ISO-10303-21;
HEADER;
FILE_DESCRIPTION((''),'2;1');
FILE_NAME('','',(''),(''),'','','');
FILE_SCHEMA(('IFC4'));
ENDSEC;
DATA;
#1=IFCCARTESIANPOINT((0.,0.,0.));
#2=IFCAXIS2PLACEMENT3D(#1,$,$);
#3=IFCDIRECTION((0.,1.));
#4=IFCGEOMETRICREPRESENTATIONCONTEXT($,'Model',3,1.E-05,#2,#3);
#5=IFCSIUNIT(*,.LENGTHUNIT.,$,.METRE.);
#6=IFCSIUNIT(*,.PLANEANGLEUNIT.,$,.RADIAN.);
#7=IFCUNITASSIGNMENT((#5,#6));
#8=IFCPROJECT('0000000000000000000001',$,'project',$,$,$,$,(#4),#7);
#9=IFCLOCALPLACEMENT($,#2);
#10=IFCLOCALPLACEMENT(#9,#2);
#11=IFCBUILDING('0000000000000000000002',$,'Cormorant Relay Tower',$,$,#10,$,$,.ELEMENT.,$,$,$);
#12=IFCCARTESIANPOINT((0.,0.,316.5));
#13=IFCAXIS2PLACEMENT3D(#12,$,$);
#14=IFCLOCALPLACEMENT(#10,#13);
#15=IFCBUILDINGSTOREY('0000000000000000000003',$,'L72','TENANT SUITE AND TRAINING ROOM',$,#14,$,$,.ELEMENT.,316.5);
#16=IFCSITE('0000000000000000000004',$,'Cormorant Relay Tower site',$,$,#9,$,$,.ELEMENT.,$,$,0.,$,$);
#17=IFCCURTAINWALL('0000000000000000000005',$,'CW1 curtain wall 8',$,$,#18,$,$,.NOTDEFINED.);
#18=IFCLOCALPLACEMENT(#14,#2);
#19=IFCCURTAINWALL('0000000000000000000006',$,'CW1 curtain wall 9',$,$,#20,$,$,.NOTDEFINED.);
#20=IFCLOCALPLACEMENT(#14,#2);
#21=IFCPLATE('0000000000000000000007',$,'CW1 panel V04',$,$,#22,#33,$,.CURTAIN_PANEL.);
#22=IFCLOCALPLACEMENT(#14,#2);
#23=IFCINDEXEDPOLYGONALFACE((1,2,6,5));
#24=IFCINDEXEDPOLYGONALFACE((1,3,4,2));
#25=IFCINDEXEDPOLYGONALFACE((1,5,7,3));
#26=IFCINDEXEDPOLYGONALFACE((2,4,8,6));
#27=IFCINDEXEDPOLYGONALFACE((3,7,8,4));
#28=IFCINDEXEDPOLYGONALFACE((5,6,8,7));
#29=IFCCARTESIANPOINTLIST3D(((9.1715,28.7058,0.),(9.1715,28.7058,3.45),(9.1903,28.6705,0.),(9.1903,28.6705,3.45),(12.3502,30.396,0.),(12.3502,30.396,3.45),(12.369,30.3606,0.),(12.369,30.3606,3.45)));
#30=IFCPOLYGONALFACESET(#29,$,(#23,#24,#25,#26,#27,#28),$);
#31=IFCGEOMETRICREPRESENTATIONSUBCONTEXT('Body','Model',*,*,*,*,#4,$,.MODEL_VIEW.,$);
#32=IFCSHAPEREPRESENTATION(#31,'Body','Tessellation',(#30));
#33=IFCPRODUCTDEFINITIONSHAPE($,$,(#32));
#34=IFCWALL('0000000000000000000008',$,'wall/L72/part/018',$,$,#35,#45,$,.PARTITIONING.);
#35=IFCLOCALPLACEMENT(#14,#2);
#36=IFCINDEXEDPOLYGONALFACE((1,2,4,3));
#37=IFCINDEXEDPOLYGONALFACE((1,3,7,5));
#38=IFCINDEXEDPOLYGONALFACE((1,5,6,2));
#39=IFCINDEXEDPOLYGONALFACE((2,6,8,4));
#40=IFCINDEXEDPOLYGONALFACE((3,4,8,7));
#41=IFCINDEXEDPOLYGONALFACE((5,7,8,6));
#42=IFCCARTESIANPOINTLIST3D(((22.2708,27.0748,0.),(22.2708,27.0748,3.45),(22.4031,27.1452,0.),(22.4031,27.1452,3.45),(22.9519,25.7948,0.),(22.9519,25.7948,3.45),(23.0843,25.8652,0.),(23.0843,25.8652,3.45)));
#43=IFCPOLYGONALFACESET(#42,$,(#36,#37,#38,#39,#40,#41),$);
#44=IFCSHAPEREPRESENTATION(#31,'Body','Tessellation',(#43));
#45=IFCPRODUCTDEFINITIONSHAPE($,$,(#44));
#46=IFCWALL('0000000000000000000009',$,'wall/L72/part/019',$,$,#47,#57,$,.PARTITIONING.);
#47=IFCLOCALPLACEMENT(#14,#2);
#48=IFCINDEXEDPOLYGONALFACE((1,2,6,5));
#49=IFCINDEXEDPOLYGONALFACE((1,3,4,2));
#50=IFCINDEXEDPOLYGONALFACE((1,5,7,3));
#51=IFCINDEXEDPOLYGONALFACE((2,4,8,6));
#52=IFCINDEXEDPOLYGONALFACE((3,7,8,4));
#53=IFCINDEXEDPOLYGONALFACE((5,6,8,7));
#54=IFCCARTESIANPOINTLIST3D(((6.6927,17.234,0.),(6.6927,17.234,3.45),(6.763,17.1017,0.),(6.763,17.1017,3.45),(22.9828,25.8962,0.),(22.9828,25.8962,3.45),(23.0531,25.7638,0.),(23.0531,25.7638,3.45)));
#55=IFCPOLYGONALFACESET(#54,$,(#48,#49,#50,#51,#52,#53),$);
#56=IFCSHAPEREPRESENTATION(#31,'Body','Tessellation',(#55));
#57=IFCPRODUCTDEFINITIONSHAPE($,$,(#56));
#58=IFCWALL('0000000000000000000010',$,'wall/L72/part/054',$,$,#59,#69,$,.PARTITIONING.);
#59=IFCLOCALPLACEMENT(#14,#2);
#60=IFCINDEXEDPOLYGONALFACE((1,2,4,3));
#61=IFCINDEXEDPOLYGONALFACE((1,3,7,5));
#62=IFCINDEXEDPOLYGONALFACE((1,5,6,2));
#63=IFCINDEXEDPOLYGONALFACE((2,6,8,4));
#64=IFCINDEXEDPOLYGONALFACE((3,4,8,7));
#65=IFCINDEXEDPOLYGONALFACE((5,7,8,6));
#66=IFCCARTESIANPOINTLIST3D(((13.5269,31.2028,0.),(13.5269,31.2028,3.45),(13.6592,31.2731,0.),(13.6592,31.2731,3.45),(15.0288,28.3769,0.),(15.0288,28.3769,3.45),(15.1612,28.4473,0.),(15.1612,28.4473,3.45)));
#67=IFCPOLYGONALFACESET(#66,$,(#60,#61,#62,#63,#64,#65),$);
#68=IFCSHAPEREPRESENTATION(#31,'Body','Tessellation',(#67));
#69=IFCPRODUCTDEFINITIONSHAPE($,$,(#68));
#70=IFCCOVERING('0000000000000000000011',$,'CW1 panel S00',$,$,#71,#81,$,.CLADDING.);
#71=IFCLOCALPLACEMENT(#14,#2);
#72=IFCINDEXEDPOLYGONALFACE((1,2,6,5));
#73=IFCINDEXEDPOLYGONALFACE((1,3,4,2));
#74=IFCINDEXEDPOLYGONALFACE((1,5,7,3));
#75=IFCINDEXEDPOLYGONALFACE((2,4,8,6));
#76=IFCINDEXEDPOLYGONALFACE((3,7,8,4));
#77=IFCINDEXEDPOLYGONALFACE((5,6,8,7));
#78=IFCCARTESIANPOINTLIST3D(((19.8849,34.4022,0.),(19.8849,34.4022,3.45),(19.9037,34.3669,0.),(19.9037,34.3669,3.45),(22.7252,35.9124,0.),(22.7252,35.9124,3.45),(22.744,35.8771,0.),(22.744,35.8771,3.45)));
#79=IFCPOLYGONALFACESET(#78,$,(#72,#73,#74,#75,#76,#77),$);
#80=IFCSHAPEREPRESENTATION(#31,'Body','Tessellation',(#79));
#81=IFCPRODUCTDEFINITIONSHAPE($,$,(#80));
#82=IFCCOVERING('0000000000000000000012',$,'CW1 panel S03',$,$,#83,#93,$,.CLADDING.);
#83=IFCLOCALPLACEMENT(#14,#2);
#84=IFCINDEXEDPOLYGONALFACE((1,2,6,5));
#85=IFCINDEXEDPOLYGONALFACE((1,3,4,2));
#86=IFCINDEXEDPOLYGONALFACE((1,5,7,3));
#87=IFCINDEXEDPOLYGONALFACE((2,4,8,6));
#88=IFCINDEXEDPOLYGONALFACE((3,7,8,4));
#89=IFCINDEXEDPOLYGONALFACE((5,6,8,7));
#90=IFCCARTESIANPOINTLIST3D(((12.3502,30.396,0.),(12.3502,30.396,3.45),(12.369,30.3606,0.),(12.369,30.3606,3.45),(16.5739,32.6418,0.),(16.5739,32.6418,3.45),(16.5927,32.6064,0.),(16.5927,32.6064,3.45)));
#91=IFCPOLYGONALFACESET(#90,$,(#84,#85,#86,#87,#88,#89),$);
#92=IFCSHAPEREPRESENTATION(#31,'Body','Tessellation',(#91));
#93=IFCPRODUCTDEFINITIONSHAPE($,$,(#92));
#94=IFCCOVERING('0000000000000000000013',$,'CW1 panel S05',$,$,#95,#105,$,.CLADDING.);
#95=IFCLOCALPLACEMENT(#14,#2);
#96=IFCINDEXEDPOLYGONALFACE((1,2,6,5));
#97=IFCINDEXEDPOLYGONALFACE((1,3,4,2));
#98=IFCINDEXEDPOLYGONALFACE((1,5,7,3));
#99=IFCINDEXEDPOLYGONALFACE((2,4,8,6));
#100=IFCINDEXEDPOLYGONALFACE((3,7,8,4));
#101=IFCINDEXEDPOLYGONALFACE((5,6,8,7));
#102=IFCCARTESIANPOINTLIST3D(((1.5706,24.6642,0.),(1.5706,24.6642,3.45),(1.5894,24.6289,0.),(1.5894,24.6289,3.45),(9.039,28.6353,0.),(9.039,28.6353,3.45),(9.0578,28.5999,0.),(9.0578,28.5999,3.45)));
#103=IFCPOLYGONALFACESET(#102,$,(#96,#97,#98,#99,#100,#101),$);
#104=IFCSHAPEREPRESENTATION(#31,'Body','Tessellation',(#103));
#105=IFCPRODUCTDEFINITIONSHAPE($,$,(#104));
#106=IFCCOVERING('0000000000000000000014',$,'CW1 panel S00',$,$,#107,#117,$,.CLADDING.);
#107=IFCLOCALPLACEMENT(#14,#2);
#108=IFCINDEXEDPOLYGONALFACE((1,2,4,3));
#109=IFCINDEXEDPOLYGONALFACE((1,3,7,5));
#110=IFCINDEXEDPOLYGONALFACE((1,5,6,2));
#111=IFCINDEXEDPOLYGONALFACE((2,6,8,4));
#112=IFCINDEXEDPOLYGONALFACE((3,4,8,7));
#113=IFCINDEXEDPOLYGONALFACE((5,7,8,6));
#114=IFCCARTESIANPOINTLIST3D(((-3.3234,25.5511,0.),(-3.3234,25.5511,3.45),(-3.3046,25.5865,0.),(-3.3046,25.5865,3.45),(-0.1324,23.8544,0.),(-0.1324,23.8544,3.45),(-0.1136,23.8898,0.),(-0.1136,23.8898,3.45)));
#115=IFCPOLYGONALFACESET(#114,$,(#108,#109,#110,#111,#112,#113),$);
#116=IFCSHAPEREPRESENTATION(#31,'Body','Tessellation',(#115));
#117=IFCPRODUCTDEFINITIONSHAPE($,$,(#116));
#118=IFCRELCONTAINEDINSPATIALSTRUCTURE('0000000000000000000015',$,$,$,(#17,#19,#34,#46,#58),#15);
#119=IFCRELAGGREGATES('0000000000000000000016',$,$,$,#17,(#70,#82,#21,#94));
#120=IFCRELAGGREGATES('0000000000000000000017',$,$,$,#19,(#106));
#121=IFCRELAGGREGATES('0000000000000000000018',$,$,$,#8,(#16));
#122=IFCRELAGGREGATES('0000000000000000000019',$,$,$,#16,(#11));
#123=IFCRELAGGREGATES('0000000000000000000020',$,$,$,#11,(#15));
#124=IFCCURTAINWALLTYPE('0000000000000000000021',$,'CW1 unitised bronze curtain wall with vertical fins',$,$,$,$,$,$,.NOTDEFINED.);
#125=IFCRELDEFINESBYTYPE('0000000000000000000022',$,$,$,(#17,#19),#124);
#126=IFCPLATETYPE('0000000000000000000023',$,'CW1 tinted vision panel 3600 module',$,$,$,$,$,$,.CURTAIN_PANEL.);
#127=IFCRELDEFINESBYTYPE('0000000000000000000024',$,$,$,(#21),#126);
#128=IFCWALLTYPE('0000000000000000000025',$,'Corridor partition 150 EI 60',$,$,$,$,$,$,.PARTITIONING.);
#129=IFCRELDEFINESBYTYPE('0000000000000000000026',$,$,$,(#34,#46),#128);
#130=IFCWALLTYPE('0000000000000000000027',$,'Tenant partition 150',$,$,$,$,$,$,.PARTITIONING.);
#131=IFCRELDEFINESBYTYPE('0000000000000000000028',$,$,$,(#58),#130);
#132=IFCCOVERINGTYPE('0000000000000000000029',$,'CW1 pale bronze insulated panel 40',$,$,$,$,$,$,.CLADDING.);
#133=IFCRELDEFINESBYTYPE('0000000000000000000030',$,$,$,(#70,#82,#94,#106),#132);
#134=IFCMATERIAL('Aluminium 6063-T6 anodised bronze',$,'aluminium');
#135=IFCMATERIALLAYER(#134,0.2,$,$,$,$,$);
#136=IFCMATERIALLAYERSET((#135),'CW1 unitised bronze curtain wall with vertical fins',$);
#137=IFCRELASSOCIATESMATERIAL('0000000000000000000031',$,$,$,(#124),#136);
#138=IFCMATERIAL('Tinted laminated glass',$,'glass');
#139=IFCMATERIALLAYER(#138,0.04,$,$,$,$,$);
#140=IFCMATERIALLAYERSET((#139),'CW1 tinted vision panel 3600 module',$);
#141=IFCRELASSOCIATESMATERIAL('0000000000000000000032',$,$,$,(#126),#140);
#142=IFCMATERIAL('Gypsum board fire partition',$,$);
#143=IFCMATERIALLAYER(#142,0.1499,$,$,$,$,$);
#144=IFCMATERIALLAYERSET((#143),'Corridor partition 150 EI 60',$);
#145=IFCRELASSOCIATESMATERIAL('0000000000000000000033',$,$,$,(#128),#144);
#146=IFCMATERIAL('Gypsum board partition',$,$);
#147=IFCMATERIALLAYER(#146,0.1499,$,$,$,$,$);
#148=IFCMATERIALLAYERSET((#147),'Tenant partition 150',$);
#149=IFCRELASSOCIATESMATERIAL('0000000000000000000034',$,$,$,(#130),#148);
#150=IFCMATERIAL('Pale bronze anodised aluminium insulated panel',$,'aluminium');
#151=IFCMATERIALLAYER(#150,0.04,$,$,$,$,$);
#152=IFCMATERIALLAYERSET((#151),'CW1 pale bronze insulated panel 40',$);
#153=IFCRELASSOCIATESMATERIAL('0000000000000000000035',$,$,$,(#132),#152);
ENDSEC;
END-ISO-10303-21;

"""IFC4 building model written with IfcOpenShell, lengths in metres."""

from ifc_helpers import new_model, si_unit, direction, frame, frame_2d, origin, origin_2d, place, context, subcontext, project, spatial, rectangle, extrude, material, layer, layer_set, type_object, element, aggregate, save


model = new_model("IFC4")

# Units and contexts
model_context = context("Model", 3, precision=1e-05, world=origin(), true_north=direction((0.0, 1.0)))
body_context = subcontext(model_context, "Body", "Model", "MODEL_VIEW")
ifc_project = project(units=[si_unit("LENGTHUNIT", "METRE"), si_unit("PLANEANGLEUNIT", "RADIAN")], contexts=[model_context])

# Site, building, storey
site_placement = place(None, origin())
site = spatial("IfcSite", under=ifc_project, at=site_placement, Name="Cormorant Relay Tower site", CompositionType="ELEMENT", RefElevation=0.0)
building_placement = place(site_placement, origin())
building = spatial("IfcBuilding", under=site, at=building_placement, Name="Cormorant Relay Tower", CompositionType="ELEMENT")
storey_placement = place(building_placement, frame((0.0, 0.0, 316.5)))
storey = spatial("IfcBuildingStorey", under=building, at=storey_placement, Name="L72", Description="TENANT SUITE AND TRAINING ROOM", CompositionType="ELEMENT", Elevation=316.5)

# Curtain walls
ifc_material_1 = material(Name="Aluminium 6063-T6 anodised bronze", Category="aluminium")
ifc_layer_1 = layer(ifc_material_1, 0.2)
ifc_layer_set_1 = layer_set([ifc_layer_1], Name="CW1 unitised bronze curtain wall with vertical fins")
curtain_wall_type = type_object("IfcCurtainWallType", Name="CW1 unitised bronze curtain wall with vertical fins", PredefinedType="NOTDEFINED", material=ifc_layer_set_1)
curtain_wall_1_placement = place(storey_placement, origin())
curtain_wall_1 = element("IfcCurtainWall", 1, at=curtain_wall_1_placement, inside=storey, type_object=curtain_wall_type, Name="CW1 curtain wall 8", PredefinedType="NOTDEFINED")
curtain_wall_2_placement = place(storey_placement, origin())
curtain_wall_2 = element("IfcCurtainWall", 2, at=curtain_wall_2_placement, inside=storey, type_object=curtain_wall_type, Name="CW1 curtain wall 9", PredefinedType="NOTDEFINED")

# Plate
ifc_material_2 = material(Name="Tinted laminated glass", Category="glass")
ifc_layer_2 = layer(ifc_material_2, 0.04)
ifc_layer_set_2 = layer_set([ifc_layer_2], Name="CW1 tinted vision panel 3600 module")
plate_type_1 = type_object("IfcPlateType", Name="CW1 tinted vision panel 3600 module", PredefinedType="CURTAIN_PANEL", material=ifc_layer_set_2)
plate_1_placement = place(storey_placement, frame((10.7703, 29.5332, 0.0), z_axis=(0.0, 0.0, 1.0), x_axis=(-0.882948, -0.469472, 0.0)))
plate_1 = element("IfcPlate", 3, at=plate_1_placement, type_object=plate_type_1, Name="CW1 panel V04", PredefinedType="CURTAIN_PANEL", context=body_context, shape_type="SweptSolid", body=[
    extrude(rectangle(XDim=3.6001, YDim=0.04, at=origin_2d()), origin(), (0.0, 0.0, 1.0), 3.45),
])

# Walls
ifc_material_3 = material(Name="Gypsum board fire partition")
ifc_layer_3 = layer(ifc_material_3, 0.1499)
ifc_layer_set_3 = layer_set([ifc_layer_3], Name="Corridor partition 150 EI 60")
wall_type_1 = type_object("IfcWallType", Name="Corridor partition 150 EI 60", PredefinedType="PARTITIONING", material=ifc_layer_set_3)
wall_1_placement = place(storey_placement, frame((22.3369, 27.1101, 0.0), z_axis=(0.0, 0.0, 1.0), x_axis=(0.469767, -0.882791, 0.0)))
element("IfcWall", 4, at=wall_1_placement, inside=storey, type_object=wall_type_1, Name="wall/L72/part/018", PredefinedType="PARTITIONING", context=body_context, shape_type="SweptSolid", body=[
    extrude(rectangle(XDim=1.45, YDim=0.1499, at=frame_2d((0.7251, 0.0))), origin(), (0.0, 0.0, 1.0), 3.45),
])
wall_2_placement = place(storey_placement, frame((23.0181, 25.8301, 0.0), z_axis=(0.0, 0.0, 1.0), x_axis=(-0.882935, -0.469494, 0.0)))
element("IfcWall", 5, at=wall_2_placement, inside=storey, type_object=wall_type_1, Name="wall/L72/part/019", PredefinedType="PARTITIONING", context=body_context, shape_type="SweptSolid", body=[
    extrude(rectangle(XDim=18.45, YDim=0.1499, at=frame_2d((9.2251, 0.0))), origin(), (0.0, 0.0, 1.0), 3.45),
])
ifc_material_4 = material(Name="Gypsum board partition")
ifc_layer_4 = layer(ifc_material_4, 0.1499)
ifc_layer_set_4 = layer_set([ifc_layer_4], Name="Tenant partition 150")
wall_type_2 = type_object("IfcWallType", Name="Tenant partition 150", PredefinedType="PARTITIONING", material=ifc_layer_set_4)
wall_3_placement = place(storey_placement, frame((15.095, 28.4121, 0.0), z_axis=(0.0, 0.0, 1.0), x_axis=(-0.469321, 0.883028, 0.0)))
element("IfcWall", 6, at=wall_3_placement, inside=storey, type_object=wall_type_2, Name="wall/L72/part/054", PredefinedType="PARTITIONING", context=body_context, shape_type="SweptSolid", body=[
    extrude(rectangle(XDim=3.2002, YDim=0.1499, at=frame_2d((1.6001, 0.0))), origin(), (0.0, 0.0, 1.0), 3.45),
])

# Coverings
ifc_material_5 = material(Name="Pale bronze anodised aluminium insulated panel", Category="aluminium")
ifc_layer_5 = layer(ifc_material_5, 0.04)
ifc_layer_set_5 = layer_set([ifc_layer_5], Name="CW1 pale bronze insulated panel 40")
covering_type = type_object("IfcCoveringType", Name="CW1 pale bronze insulated panel 40", PredefinedType="CLADDING", material=ifc_layer_set_5)
covering_1_placement = place(storey_placement, frame((21.3145, 35.1396, 0.0), z_axis=(0.0, 0.0, 1.0), x_axis=(-0.882948, -0.469472, 0.0)))
covering_1 = element("IfcCovering", 7, at=covering_1_placement, type_object=covering_type, Name="CW1 panel S00", PredefinedType="CLADDING", context=body_context, shape_type="SweptSolid", body=[
    extrude(rectangle(XDim=3.2168, YDim=0.04, at=origin_2d()), origin(), (0.0, 0.0, 1.0), 3.45),
])
covering_2_placement = place(storey_placement, frame((14.4714, 31.5012, 0.0), z_axis=(0.0, 0.0, 1.0), x_axis=(-0.882948, -0.469472, 0.0)))
covering_2 = element("IfcCovering", 8, at=covering_2_placement, type_object=covering_type, Name="CW1 panel S03", PredefinedType="CLADDING", context=body_context, shape_type="SweptSolid", body=[
    extrude(rectangle(XDim=4.7837, YDim=0.04, at=origin_2d()), origin(), (0.0, 0.0, 1.0), 3.45),
])
covering_3_placement = place(storey_placement, frame((5.3142, 26.6321, 0.0), z_axis=(0.0, 0.0, 1.0), x_axis=(-0.882948, -0.469472, 0.0)))
covering_3 = element("IfcCovering", 9, at=covering_3_placement, type_object=covering_type, Name="CW1 panel S05", PredefinedType="CLADDING", context=body_context, shape_type="SweptSolid", body=[
    extrude(rectangle(XDim=8.4585, YDim=0.04, at=origin_2d()), origin(), (0.0, 0.0, 1.0), 3.45),
])
aggregate(curtain_wall_1, [covering_1, covering_2, plate_1, covering_3])
covering_4_placement = place(storey_placement, frame((-1.7185, 24.7205, 0.0), z_axis=(0.0, 0.0, 1.0), x_axis=(-0.882948, 0.469472, 0.0)))
covering_4 = element("IfcCovering", 10, at=covering_4_placement, type_object=covering_type, Name="CW1 panel S00", PredefinedType="CLADDING", context=body_context, shape_type="SweptSolid", body=[
    extrude(rectangle(XDim=3.614, YDim=0.04, at=origin_2d()), origin(), (0.0, 0.0, 1.0), 3.45),
])
aggregate(curtain_wall_2, [covering_4])

save(model, "model.ifc")
